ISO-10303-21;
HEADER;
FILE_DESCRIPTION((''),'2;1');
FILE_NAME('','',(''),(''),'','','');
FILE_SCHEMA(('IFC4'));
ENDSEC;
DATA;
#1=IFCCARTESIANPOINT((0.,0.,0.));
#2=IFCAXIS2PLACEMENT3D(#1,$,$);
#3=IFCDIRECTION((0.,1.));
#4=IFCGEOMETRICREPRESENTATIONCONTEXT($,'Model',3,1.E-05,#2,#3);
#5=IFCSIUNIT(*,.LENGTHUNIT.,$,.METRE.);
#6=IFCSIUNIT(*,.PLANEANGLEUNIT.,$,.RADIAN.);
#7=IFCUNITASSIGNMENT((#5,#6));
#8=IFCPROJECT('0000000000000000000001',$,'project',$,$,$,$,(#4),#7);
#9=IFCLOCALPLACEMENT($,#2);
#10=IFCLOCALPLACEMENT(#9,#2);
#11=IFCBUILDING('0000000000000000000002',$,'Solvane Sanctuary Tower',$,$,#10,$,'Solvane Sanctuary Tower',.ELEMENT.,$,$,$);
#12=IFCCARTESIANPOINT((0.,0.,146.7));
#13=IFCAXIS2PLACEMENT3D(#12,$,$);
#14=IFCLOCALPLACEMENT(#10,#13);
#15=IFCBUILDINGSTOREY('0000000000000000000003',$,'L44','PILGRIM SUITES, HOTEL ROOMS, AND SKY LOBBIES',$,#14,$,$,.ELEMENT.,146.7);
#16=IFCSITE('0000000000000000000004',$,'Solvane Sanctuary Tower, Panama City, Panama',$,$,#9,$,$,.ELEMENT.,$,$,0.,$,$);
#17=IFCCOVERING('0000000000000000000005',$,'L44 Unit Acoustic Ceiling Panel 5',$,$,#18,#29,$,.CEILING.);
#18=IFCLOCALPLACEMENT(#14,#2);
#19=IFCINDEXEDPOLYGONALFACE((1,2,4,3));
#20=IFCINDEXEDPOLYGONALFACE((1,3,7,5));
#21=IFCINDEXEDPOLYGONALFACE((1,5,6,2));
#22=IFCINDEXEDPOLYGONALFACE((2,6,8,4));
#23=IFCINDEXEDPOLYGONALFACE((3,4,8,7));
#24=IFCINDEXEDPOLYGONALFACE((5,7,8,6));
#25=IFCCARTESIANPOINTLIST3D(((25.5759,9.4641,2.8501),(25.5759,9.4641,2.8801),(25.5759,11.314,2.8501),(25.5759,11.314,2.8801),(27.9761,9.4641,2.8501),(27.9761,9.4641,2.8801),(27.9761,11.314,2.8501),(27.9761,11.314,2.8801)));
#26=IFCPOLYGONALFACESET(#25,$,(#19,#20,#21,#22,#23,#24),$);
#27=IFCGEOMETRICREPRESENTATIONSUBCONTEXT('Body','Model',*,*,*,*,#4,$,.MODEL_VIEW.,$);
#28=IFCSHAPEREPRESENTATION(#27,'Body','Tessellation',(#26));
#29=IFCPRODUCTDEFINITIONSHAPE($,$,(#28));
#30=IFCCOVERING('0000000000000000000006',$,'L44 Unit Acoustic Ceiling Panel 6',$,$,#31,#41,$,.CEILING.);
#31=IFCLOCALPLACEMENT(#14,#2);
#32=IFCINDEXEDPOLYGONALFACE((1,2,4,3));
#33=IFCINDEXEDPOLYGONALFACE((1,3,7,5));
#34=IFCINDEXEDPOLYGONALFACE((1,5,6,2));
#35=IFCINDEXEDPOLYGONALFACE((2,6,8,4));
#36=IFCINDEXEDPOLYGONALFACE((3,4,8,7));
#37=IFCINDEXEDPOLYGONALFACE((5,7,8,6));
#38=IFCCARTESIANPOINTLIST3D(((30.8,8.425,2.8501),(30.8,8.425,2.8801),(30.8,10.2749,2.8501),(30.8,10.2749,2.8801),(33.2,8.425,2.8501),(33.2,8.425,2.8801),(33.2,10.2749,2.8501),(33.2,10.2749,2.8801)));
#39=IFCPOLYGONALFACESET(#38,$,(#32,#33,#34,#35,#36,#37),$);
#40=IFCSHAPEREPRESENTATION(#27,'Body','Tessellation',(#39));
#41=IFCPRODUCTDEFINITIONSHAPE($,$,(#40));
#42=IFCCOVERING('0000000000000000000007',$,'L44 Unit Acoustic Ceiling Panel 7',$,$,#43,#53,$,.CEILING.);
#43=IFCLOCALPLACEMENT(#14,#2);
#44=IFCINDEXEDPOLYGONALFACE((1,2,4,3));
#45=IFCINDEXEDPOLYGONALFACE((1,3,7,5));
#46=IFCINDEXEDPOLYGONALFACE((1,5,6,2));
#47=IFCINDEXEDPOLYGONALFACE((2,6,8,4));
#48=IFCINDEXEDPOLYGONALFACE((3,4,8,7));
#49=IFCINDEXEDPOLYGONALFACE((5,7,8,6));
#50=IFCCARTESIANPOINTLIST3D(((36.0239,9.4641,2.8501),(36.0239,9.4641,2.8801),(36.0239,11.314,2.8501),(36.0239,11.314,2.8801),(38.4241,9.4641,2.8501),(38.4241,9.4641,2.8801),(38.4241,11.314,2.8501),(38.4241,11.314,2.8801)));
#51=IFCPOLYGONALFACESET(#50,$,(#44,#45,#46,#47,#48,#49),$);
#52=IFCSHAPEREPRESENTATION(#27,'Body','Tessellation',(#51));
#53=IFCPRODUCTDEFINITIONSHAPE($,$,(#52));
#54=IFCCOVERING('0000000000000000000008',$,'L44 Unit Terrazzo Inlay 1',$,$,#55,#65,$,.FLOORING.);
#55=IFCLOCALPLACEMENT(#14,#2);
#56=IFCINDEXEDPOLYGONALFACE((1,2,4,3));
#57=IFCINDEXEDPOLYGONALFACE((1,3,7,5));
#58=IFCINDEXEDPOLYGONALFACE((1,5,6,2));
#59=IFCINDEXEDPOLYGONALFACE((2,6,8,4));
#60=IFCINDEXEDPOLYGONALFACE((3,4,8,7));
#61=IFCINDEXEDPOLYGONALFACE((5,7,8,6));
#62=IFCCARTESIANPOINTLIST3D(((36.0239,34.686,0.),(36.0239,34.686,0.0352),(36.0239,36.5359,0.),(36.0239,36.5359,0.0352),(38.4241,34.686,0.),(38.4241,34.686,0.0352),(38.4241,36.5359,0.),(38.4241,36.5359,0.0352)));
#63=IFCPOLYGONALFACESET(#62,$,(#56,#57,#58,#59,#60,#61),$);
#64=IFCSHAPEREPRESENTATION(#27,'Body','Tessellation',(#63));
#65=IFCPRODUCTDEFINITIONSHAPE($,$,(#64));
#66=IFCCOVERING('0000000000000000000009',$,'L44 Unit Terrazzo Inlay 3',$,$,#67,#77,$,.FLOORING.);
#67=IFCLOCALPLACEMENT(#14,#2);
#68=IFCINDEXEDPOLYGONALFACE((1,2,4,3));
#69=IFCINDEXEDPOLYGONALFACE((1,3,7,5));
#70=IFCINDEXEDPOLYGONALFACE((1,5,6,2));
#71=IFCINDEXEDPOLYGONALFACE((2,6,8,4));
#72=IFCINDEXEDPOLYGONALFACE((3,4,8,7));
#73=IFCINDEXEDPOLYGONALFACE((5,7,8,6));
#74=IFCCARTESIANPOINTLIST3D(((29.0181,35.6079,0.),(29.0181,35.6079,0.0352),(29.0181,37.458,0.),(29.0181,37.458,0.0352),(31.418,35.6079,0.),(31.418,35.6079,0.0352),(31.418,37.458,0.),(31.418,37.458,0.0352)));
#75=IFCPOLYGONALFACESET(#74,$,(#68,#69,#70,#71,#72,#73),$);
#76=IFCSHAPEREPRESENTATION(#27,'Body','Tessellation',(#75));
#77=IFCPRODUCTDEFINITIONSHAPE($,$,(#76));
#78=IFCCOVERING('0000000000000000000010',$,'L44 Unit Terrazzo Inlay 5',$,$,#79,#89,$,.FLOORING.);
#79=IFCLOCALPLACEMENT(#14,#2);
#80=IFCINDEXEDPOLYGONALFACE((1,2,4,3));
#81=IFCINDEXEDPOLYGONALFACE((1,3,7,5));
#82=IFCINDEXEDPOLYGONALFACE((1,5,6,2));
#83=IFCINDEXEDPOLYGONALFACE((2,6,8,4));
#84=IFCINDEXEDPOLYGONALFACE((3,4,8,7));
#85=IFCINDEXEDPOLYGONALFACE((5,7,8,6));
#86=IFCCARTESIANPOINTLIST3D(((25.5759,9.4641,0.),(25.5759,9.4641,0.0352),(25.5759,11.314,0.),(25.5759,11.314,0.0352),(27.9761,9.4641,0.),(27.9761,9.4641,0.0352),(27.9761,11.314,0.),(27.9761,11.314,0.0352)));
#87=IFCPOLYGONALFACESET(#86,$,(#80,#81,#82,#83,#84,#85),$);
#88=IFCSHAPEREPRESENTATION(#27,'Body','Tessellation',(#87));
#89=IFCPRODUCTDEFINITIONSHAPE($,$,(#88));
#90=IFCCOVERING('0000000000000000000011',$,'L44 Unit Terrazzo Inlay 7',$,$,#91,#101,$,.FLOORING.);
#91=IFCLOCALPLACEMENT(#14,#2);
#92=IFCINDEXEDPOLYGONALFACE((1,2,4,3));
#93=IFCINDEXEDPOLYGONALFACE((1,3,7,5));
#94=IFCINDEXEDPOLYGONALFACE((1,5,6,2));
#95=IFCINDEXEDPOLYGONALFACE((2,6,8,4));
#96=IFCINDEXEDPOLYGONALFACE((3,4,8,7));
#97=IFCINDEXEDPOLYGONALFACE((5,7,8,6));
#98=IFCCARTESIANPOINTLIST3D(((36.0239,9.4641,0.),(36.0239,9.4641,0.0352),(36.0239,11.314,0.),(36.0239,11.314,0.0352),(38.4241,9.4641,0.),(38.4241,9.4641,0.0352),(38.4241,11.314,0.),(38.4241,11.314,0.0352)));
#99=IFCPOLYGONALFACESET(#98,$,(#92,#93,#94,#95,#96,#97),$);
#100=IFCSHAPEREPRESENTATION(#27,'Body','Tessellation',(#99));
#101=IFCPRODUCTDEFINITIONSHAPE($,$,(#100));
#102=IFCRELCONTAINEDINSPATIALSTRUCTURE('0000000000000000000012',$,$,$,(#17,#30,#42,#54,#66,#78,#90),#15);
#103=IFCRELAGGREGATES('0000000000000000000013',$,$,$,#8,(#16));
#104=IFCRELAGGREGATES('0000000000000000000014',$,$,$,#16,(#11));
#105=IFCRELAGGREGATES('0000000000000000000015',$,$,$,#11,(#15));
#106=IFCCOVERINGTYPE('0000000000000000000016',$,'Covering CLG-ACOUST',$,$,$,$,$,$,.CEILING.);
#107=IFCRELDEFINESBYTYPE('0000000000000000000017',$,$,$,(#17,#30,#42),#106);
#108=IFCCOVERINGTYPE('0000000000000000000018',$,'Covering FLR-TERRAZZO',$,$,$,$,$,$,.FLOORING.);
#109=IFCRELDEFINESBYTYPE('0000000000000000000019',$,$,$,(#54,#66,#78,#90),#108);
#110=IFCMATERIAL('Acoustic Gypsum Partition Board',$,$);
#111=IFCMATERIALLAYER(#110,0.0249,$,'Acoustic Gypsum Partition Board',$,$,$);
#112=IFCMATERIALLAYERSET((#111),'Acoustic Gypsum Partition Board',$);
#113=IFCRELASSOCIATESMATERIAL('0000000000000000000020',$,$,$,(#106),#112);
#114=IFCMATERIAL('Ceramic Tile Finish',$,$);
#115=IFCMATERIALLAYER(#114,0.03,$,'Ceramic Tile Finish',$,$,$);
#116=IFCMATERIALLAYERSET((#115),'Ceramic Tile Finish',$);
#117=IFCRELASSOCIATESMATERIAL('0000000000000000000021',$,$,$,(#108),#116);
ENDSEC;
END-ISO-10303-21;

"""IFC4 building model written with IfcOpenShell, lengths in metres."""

from ifc_helpers import new_model, si_unit, direction, frame, origin, place, context, subcontext, project, spatial, polyline, outline, extrude, material, layer, layer_set, type_object, element, save


model = new_model("IFC4")

# Units and contexts
model_context = context("Model", 3, precision=1e-05, world=origin(), true_north=direction((0.0, 1.0)))
body_context = subcontext(model_context, "Body", "Model", "MODEL_VIEW")
ifc_project = project(units=[si_unit("LENGTHUNIT", "METRE"), si_unit("PLANEANGLEUNIT", "RADIAN")], contexts=[model_context])

# Site, building, storey
site_placement = place(None, origin())
site = spatial("IfcSite", under=ifc_project, at=site_placement, Name="Solvane Sanctuary Tower, Panama City, Panama", CompositionType="ELEMENT", RefElevation=0.0)
building_placement = place(site_placement, origin())
building = spatial("IfcBuilding", under=site, at=building_placement, Name="Solvane Sanctuary Tower", LongName="Solvane Sanctuary Tower", CompositionType="ELEMENT")
storey_placement = place(building_placement, frame((0.0, 0.0, 146.7)))
storey = spatial("IfcBuildingStorey", under=building, at=storey_placement, Name="L44", Description="PILGRIM SUITES, HOTEL ROOMS, AND SKY LOBBIES", CompositionType="ELEMENT", Elevation=146.7)

# Coverings
ifc_material_1 = material(Name="Acoustic Gypsum Partition Board")
ifc_layer_1 = layer(ifc_material_1, 0.0249, Name="Acoustic Gypsum Partition Board")
ifc_layer_set_1 = layer_set([ifc_layer_1], Name="Acoustic Gypsum Partition Board")
covering_type_1 = type_object("IfcCoveringType", Name="Covering CLG-ACOUST", PredefinedType="CEILING", material=ifc_layer_set_1)
covering_1_placement = place(storey_placement, frame((0.0, 0.0, 2.8501)))
element("IfcCovering", 1, at=covering_1_placement, inside=storey, type_object=covering_type_1, Name="L44 Unit Acoustic Ceiling Panel 5", PredefinedType="CEILING", context=body_context, shape_type="SweptSolid", body=[
    extrude(outline(polyline([(25.5759, 9.4641), (27.9761, 9.4641), (27.9761, 11.314), (25.5759, 11.314), (25.5759, 9.4641)])), origin(), (0.0, 0.0, 1.0), 0.03),
])
covering_2_placement = place(storey_placement, frame((0.0, 0.0, 2.8501)))
element("IfcCovering", 2, at=covering_2_placement, inside=storey, type_object=covering_type_1, Name="L44 Unit Acoustic Ceiling Panel 6", PredefinedType="CEILING", context=body_context, shape_type="SweptSolid", body=[
    extrude(outline(polyline([(30.8, 8.425), (33.2, 8.425), (33.2, 10.2749), (30.8, 10.2749), (30.8, 8.425)])), origin(), (0.0, 0.0, 1.0), 0.03),
])
covering_3_placement = place(storey_placement, frame((0.0, 0.0, 2.8501)))
element("IfcCovering", 3, at=covering_3_placement, inside=storey, type_object=covering_type_1, Name="L44 Unit Acoustic Ceiling Panel 7", PredefinedType="CEILING", context=body_context, shape_type="SweptSolid", body=[
    extrude(outline(polyline([(36.0239, 9.4641), (38.4241, 9.4641), (38.4241, 11.314), (36.0239, 11.314), (36.0239, 9.4641)])), origin(), (0.0, 0.0, 1.0), 0.03),
])
ifc_material_2 = material(Name="Ceramic Tile Finish")
ifc_layer_2 = layer(ifc_material_2, 0.03, Name="Ceramic Tile Finish")
ifc_layer_set_2 = layer_set([ifc_layer_2], Name="Ceramic Tile Finish")
covering_type_2 = type_object("IfcCoveringType", Name="Covering FLR-TERRAZZO", PredefinedType="FLOORING", material=ifc_layer_set_2)
covering_4_placement = place(storey_placement, origin())
element("IfcCovering", 4, at=covering_4_placement, inside=storey, type_object=covering_type_2, Name="L44 Unit Terrazzo Inlay 1", PredefinedType="FLOORING", context=body_context, shape_type="SweptSolid", body=[
    extrude(outline(polyline([(36.0239, 34.686), (38.4241, 34.686), (38.4241, 36.5359), (36.0239, 36.5359), (36.0239, 34.686)])), origin(), (0.0, 0.0, 1.0), 0.0352),
])
covering_5_placement = place(storey_placement, origin())
element("IfcCovering", 5, at=covering_5_placement, inside=storey, type_object=covering_type_2, Name="L44 Unit Terrazzo Inlay 3", PredefinedType="FLOORING", context=body_context, shape_type="SweptSolid", body=[
    extrude(outline(polyline([(29.0181, 35.6079), (31.418, 35.6079), (31.418, 37.458), (29.0181, 37.458), (29.0181, 35.6079)])), origin(), (0.0, 0.0, 1.0), 0.0352),
])
covering_6_placement = place(storey_placement, origin())
element("IfcCovering", 6, at=covering_6_placement, inside=storey, type_object=covering_type_2, Name="L44 Unit Terrazzo Inlay 5", PredefinedType="FLOORING", context=body_context, shape_type="SweptSolid", body=[
    extrude(outline(polyline([(25.5759, 9.4641), (27.9761, 9.4641), (27.9761, 11.314), (25.5759, 11.314), (25.5759, 9.4641)])), origin(), (0.0, 0.0, 1.0), 0.0352),
])
covering_7_placement = place(storey_placement, origin())
element("IfcCovering", 7, at=covering_7_placement, inside=storey, type_object=covering_type_2, Name="L44 Unit Terrazzo Inlay 7", PredefinedType="FLOORING", context=body_context, shape_type="SweptSolid", body=[
    extrude(outline(polyline([(36.0239, 9.4641), (38.4241, 9.4641), (38.4241, 11.314), (36.0239, 11.314), (36.0239, 9.4641)])), origin(), (0.0, 0.0, 1.0), 0.0352),
])

save(model, "model.ifc")
